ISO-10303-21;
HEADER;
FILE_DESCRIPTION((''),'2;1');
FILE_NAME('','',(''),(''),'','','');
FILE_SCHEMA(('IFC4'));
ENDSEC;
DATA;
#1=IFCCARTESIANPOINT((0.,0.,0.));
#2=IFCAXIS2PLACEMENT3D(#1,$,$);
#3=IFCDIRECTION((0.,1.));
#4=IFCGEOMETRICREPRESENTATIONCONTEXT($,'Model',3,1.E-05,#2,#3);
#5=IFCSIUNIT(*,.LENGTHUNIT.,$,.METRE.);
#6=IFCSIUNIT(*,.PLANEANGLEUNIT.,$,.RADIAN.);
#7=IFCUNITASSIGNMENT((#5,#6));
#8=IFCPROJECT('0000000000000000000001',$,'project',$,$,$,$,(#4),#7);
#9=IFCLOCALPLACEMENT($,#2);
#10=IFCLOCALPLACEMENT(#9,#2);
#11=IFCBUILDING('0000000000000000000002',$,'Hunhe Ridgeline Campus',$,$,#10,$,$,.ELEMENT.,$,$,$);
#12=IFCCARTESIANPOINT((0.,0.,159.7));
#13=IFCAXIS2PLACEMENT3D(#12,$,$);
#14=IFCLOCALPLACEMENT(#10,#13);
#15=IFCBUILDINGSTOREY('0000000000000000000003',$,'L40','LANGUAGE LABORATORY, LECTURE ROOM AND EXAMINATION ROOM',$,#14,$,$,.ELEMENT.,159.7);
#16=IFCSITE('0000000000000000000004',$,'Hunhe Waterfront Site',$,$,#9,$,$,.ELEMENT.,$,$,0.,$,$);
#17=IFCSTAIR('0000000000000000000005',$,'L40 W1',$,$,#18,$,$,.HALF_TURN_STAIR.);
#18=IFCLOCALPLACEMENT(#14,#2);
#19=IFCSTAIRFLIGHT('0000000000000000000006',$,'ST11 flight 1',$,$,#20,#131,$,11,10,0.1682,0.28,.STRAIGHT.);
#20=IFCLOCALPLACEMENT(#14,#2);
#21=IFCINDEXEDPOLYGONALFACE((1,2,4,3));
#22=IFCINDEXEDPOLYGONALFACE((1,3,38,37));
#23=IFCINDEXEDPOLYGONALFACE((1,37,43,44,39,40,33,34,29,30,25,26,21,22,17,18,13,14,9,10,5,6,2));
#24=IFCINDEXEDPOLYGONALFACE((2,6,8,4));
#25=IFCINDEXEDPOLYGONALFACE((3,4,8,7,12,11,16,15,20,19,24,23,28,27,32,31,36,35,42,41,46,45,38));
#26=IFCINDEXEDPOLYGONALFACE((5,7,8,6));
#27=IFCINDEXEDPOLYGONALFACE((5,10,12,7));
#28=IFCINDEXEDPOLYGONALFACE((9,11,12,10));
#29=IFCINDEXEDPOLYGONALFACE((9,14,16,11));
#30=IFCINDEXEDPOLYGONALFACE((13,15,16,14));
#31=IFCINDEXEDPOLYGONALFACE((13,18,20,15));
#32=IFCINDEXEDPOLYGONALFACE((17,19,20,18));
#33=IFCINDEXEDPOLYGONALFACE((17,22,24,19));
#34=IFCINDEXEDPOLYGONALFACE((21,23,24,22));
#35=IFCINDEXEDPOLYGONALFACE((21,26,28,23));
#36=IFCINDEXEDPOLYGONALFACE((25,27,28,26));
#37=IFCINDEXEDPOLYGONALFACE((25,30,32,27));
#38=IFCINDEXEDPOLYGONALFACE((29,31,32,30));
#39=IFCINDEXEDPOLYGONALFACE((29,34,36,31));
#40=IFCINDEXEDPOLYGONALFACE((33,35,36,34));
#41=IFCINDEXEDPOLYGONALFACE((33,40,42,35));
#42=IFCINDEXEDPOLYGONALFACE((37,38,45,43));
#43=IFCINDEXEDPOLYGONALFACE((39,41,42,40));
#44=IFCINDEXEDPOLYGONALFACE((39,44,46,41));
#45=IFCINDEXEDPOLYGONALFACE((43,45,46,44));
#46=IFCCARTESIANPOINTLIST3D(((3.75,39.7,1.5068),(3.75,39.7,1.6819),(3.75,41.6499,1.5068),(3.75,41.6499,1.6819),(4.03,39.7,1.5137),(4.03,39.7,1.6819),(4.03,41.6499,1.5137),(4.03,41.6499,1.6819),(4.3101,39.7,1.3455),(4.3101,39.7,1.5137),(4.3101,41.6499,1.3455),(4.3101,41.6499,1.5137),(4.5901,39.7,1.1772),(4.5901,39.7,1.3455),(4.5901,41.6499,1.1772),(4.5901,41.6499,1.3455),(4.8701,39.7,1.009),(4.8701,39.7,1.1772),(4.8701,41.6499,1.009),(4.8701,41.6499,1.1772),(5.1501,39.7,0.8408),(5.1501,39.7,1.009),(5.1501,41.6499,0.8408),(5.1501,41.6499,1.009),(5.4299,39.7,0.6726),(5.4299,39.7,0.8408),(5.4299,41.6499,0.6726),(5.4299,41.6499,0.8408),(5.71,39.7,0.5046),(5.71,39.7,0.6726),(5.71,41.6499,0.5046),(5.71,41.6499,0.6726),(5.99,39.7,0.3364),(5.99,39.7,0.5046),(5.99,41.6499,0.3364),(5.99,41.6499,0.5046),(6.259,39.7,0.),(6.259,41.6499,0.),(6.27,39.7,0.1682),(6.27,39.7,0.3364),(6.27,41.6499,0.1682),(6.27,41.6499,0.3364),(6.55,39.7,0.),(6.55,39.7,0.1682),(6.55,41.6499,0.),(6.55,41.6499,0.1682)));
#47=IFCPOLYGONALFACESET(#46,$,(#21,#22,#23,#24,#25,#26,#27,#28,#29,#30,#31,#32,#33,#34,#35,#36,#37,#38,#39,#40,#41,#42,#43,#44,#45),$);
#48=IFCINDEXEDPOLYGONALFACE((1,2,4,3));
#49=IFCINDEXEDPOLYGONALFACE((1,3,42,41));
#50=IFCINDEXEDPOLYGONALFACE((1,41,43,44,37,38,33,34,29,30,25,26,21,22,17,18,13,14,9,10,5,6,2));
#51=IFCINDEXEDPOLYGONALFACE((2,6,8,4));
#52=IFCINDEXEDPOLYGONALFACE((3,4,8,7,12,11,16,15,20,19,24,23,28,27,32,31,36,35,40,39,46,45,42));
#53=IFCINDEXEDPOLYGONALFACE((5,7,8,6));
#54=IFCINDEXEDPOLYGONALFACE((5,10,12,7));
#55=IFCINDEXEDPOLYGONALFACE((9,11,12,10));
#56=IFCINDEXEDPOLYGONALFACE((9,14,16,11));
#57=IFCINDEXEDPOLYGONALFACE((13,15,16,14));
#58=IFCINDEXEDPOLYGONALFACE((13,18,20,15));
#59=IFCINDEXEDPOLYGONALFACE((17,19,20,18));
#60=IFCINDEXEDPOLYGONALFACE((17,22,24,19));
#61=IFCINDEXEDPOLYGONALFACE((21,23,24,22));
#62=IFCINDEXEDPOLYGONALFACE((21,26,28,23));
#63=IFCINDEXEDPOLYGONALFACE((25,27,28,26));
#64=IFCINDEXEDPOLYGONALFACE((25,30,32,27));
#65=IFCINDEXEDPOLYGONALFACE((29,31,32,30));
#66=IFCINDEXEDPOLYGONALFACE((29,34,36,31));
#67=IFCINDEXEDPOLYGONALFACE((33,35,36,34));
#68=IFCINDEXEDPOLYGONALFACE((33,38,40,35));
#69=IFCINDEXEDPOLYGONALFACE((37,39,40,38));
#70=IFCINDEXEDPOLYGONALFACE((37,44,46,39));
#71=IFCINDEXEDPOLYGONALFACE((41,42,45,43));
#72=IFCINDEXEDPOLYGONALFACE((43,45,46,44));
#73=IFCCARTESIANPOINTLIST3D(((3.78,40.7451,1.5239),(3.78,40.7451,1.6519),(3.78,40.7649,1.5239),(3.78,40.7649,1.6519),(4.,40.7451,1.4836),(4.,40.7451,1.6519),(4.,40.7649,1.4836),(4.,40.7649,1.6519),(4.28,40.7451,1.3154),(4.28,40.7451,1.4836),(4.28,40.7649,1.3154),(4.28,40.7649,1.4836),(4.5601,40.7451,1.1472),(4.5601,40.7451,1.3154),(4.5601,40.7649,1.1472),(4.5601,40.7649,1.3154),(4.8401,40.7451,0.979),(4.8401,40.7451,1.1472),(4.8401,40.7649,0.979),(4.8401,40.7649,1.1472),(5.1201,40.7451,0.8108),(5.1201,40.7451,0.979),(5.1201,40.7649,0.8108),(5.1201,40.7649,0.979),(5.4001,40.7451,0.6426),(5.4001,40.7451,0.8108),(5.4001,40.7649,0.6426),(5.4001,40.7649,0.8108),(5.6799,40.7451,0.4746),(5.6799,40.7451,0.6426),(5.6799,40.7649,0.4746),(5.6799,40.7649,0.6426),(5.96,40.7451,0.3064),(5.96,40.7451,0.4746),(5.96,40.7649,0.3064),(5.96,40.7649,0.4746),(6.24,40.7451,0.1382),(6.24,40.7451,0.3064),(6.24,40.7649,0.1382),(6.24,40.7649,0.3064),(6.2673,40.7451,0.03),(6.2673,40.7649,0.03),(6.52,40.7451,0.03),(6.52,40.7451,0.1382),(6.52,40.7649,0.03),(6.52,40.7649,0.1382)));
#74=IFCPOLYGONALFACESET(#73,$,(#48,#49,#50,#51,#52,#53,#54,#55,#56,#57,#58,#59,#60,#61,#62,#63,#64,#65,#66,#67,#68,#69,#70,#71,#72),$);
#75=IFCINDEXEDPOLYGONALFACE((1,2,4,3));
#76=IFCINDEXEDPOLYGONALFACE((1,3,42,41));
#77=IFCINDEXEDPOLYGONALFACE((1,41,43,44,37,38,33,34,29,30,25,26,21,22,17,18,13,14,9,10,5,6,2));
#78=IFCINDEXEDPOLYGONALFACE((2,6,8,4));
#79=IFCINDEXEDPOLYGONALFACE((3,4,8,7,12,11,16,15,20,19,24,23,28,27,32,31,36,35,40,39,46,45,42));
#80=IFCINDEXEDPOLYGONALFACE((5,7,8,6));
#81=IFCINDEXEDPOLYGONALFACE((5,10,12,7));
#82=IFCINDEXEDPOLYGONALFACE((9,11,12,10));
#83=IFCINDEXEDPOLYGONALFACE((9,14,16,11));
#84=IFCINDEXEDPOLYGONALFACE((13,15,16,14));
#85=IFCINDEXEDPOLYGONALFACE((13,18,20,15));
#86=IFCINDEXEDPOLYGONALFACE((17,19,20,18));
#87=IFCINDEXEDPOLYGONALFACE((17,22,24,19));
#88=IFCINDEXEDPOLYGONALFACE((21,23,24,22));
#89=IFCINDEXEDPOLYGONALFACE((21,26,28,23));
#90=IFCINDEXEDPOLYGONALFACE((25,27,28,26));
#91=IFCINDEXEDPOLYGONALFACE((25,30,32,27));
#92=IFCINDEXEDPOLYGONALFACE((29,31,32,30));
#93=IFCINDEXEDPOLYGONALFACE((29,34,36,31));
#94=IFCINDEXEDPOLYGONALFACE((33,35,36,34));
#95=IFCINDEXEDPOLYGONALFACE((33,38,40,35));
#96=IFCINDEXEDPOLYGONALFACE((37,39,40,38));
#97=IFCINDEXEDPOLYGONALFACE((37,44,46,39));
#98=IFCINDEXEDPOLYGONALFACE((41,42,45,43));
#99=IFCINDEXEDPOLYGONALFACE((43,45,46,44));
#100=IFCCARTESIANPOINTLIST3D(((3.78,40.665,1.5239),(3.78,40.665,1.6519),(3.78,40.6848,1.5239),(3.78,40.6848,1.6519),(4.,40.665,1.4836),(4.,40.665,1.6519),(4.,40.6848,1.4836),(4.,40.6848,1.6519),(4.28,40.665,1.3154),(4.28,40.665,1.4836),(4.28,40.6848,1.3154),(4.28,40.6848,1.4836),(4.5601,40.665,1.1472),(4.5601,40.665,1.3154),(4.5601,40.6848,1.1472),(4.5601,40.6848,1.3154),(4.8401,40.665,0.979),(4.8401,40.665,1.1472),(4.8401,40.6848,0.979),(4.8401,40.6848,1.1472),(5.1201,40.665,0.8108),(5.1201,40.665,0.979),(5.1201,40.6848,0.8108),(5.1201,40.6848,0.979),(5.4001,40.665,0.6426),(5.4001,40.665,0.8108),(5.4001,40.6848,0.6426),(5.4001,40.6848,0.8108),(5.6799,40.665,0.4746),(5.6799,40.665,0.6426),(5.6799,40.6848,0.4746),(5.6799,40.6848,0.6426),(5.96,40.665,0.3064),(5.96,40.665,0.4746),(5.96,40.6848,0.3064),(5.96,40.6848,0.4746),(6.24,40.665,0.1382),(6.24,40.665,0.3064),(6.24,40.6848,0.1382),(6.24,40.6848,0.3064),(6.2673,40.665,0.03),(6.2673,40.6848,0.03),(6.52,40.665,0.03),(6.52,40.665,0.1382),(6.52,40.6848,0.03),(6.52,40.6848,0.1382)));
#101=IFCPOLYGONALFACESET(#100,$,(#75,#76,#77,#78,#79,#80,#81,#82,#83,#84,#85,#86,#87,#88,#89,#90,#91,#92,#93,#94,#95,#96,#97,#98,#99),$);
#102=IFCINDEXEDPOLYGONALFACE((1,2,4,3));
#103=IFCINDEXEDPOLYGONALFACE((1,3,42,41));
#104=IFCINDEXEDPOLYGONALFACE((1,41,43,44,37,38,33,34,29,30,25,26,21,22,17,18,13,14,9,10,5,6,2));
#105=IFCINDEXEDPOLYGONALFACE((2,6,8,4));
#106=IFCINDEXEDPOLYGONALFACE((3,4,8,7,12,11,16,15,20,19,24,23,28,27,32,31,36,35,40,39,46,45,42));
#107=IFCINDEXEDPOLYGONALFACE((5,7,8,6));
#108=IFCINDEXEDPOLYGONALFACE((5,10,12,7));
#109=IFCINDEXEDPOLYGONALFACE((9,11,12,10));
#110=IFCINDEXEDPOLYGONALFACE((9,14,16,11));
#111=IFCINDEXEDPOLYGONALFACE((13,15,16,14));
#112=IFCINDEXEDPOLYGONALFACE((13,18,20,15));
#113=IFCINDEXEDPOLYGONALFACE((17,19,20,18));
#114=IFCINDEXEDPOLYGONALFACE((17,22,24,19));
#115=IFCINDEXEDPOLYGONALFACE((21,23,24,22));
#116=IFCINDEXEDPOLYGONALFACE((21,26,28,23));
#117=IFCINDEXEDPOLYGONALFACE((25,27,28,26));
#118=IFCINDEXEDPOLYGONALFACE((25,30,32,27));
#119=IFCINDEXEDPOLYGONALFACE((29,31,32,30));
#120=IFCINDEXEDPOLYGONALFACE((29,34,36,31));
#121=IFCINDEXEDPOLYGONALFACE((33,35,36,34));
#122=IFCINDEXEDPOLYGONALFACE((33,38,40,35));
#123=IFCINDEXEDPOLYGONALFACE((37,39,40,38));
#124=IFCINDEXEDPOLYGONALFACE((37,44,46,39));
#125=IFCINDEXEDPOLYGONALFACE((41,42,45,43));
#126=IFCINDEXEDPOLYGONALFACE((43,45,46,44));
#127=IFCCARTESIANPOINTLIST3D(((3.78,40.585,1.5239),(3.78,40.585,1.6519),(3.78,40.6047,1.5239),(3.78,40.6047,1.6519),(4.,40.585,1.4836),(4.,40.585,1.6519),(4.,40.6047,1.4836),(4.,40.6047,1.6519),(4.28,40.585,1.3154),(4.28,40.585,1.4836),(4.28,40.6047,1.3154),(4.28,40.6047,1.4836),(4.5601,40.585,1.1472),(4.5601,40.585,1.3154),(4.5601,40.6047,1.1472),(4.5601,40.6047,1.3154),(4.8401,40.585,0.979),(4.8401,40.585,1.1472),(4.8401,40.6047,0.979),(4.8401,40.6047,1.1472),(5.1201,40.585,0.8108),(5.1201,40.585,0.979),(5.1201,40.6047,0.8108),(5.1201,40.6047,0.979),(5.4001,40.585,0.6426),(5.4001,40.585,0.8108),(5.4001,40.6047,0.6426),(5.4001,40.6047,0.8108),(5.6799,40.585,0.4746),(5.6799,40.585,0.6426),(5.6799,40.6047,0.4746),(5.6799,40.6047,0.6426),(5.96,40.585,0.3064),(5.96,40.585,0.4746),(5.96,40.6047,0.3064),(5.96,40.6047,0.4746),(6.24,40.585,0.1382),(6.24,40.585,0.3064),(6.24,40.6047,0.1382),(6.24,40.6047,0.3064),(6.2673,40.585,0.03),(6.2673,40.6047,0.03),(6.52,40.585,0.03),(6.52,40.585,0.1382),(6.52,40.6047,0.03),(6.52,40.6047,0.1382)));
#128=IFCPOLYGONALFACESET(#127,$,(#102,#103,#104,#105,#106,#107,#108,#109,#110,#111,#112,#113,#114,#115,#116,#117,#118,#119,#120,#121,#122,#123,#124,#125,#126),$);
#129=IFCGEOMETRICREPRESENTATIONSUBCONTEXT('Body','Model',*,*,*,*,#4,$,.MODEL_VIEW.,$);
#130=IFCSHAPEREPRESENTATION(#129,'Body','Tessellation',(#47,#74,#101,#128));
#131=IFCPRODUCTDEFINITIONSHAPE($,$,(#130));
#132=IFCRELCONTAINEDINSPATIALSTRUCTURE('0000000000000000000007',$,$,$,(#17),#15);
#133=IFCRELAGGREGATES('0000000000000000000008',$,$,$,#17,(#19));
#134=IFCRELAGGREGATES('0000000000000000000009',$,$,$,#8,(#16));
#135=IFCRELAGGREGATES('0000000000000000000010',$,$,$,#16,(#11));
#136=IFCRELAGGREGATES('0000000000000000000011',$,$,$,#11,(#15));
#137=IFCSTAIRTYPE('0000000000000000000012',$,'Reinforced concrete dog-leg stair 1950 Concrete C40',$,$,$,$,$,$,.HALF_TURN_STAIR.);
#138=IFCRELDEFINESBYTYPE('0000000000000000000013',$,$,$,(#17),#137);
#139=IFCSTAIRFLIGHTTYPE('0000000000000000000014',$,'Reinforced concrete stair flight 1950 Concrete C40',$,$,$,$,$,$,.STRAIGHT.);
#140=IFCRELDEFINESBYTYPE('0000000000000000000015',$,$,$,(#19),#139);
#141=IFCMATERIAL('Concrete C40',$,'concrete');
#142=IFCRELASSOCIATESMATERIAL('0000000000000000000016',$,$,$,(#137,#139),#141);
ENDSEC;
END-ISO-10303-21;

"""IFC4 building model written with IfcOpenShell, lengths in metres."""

from ifc_helpers import new_model, si_unit, direction, frame, origin, place, context, subcontext, project, spatial, polyline, outline, extrude, material, type_object, element, aggregate, save


model = new_model("IFC4")

# Units and contexts
model_context = context("Model", 3, precision=1e-05, world=origin(), true_north=direction((0.0, 1.0)))
body_context = subcontext(model_context, "Body", "Model", "MODEL_VIEW")
ifc_project = project(units=[si_unit("LENGTHUNIT", "METRE"), si_unit("PLANEANGLEUNIT", "RADIAN")], contexts=[model_context])

# Site, building, storey
site_placement = place(None, origin())
site = spatial("IfcSite", under=ifc_project, at=site_placement, Name="Hunhe Waterfront Site", CompositionType="ELEMENT", RefElevation=0.0)
building_placement = place(site_placement, origin())
building = spatial("IfcBuilding", under=site, at=building_placement, Name="Hunhe Ridgeline Campus", CompositionType="ELEMENT")
storey_placement = place(building_placement, frame((0.0, 0.0, 159.7)))
storey = spatial("IfcBuildingStorey", under=building, at=storey_placement, Name="L40", Description="LANGUAGE LABORATORY, LECTURE ROOM AND EXAMINATION ROOM", CompositionType="ELEMENT", Elevation=159.7)

# Stair, stair flight
ifc_material_1 = material(Name="Concrete C40", Category="concrete")
stair_type = type_object("IfcStairType", Name="Reinforced concrete dog-leg stair 1950 Concrete C40", PredefinedType="HALF_TURN_STAIR", material=ifc_material_1)
stair_placement = place(storey_placement, origin())
stair = element("IfcStair", 1, at=stair_placement, inside=storey, type_object=stair_type, Name="L40 W1", PredefinedType="HALF_TURN_STAIR")
stair_flight_type = type_object("IfcStairFlightType", Name="Reinforced concrete stair flight 1950 Concrete C40", PredefinedType="STRAIGHT", material=ifc_material_1)
stair_flight_1_placement = place(storey_placement, frame((6.55, 40.675, 0.0), z_axis=(0.0, 0.0, 1.0), x_axis=(-1.0, 0.0, 0.0)))
stair_flight_1 = element("IfcStairFlight", 2, at=stair_flight_1_placement, type_object=stair_flight_type, Name="ST11 flight 1", NumberOfRisers=11, NumberOfTreads=10, PredefinedType="STRAIGHT", RiserHeight=0.1682, TreadLength=0.28, context=body_context, shape_type="SweptSolid", body=[
    extrude(outline(polyline([(0.0, 0.0), (0.0, 0.1682), (0.28, 0.1682), (0.28, 0.3364), (0.5601, 0.3364), (0.5601, 0.5046), (0.8401, 0.5046), (0.8401, 0.6726), (1.1201, 0.6726), (1.1201, 0.8408), (1.3999, 0.8408), (1.3999, 1.009), (1.6799, 1.009), (1.6799, 1.1772), (1.96, 1.1772), (1.96, 1.3455), (2.24, 1.3455), (2.24, 1.5137), (2.52, 1.5137), (2.52, 1.6819), (2.8, 1.6819), (2.8, 1.8501), (2.8, 1.5068), (0.291, 0.0), (0.0, 0.0)])), frame((0.0, 0.9751, 0.0), z_axis=(0.0, -1.0, 0.0), x_axis=(1.0, 0.0, 0.0)), (0.0, 0.0, 1.0), 1.95),
    extrude(outline(polyline([(0.03, 0.03), (0.03, 0.1382), (0.3101, 0.1382), (0.3101, 0.3064), (0.5901, 0.3064), (0.5901, 0.4746), (0.8701, 0.4746), (0.8701, 0.6426), (1.1499, 0.6426), (1.1499, 0.8108), (1.4299, 0.8108), (1.4299, 0.979), (1.71, 0.979), (1.71, 1.1472), (1.99, 1.1472), (1.99, 1.3154), (2.27, 1.3154), (2.27, 1.4836), (2.55, 1.4836), (2.55, 1.6519), (2.77, 1.6519), (2.77, 1.5239), (0.2827, 0.03), (0.03, 0.03)])), frame((0.0, -0.0701, 0.0), z_axis=(0.0, -1.0, 0.0), x_axis=(1.0, 0.0, 0.0)), (0.0, 0.0, 1.0), 0.0198),
    extrude(outline(polyline([(0.03, 0.03), (0.03, 0.1382), (0.3101, 0.1382), (0.3101, 0.3064), (0.5901, 0.3064), (0.5901, 0.4746), (0.8701, 0.4746), (0.8701, 0.6426), (1.1499, 0.6426), (1.1499, 0.8108), (1.4299, 0.8108), (1.4299, 0.979), (1.71, 0.979), (1.71, 1.1472), (1.99, 1.1472), (1.99, 1.3154), (2.27, 1.3154), (2.27, 1.4836), (2.55, 1.4836), (2.55, 1.6519), (2.77, 1.6519), (2.77, 1.5239), (0.2827, 0.03), (0.03, 0.03)])), frame((0.0, 0.01, 0.0), z_axis=(0.0, -1.0, 0.0), x_axis=(1.0, 0.0, 0.0)), (0.0, 0.0, 1.0), 0.0198),
    extrude(outline(polyline([(0.03, 0.03), (0.03, 0.1382), (0.3101, 0.1382), (0.3101, 0.3064), (0.5901, 0.3064), (0.5901, 0.4746), (0.8701, 0.4746), (0.8701, 0.6426), (1.1499, 0.6426), (1.1499, 0.8108), (1.4299, 0.8108), (1.4299, 0.979), (1.71, 0.979), (1.71, 1.1472), (1.99, 1.1472), (1.99, 1.3154), (2.27, 1.3154), (2.27, 1.4836), (2.55, 1.4836), (2.55, 1.6519), (2.77, 1.6519), (2.77, 1.5239), (0.2827, 0.03), (0.03, 0.03)])), frame((0.0, 0.0901, 0.0), z_axis=(0.0, -1.0, 0.0), x_axis=(1.0, 0.0, 0.0)), (0.0, 0.0, 1.0), 0.0198),
])
aggregate(stair, [stair_flight_1])

save(model, "model.ifc")
